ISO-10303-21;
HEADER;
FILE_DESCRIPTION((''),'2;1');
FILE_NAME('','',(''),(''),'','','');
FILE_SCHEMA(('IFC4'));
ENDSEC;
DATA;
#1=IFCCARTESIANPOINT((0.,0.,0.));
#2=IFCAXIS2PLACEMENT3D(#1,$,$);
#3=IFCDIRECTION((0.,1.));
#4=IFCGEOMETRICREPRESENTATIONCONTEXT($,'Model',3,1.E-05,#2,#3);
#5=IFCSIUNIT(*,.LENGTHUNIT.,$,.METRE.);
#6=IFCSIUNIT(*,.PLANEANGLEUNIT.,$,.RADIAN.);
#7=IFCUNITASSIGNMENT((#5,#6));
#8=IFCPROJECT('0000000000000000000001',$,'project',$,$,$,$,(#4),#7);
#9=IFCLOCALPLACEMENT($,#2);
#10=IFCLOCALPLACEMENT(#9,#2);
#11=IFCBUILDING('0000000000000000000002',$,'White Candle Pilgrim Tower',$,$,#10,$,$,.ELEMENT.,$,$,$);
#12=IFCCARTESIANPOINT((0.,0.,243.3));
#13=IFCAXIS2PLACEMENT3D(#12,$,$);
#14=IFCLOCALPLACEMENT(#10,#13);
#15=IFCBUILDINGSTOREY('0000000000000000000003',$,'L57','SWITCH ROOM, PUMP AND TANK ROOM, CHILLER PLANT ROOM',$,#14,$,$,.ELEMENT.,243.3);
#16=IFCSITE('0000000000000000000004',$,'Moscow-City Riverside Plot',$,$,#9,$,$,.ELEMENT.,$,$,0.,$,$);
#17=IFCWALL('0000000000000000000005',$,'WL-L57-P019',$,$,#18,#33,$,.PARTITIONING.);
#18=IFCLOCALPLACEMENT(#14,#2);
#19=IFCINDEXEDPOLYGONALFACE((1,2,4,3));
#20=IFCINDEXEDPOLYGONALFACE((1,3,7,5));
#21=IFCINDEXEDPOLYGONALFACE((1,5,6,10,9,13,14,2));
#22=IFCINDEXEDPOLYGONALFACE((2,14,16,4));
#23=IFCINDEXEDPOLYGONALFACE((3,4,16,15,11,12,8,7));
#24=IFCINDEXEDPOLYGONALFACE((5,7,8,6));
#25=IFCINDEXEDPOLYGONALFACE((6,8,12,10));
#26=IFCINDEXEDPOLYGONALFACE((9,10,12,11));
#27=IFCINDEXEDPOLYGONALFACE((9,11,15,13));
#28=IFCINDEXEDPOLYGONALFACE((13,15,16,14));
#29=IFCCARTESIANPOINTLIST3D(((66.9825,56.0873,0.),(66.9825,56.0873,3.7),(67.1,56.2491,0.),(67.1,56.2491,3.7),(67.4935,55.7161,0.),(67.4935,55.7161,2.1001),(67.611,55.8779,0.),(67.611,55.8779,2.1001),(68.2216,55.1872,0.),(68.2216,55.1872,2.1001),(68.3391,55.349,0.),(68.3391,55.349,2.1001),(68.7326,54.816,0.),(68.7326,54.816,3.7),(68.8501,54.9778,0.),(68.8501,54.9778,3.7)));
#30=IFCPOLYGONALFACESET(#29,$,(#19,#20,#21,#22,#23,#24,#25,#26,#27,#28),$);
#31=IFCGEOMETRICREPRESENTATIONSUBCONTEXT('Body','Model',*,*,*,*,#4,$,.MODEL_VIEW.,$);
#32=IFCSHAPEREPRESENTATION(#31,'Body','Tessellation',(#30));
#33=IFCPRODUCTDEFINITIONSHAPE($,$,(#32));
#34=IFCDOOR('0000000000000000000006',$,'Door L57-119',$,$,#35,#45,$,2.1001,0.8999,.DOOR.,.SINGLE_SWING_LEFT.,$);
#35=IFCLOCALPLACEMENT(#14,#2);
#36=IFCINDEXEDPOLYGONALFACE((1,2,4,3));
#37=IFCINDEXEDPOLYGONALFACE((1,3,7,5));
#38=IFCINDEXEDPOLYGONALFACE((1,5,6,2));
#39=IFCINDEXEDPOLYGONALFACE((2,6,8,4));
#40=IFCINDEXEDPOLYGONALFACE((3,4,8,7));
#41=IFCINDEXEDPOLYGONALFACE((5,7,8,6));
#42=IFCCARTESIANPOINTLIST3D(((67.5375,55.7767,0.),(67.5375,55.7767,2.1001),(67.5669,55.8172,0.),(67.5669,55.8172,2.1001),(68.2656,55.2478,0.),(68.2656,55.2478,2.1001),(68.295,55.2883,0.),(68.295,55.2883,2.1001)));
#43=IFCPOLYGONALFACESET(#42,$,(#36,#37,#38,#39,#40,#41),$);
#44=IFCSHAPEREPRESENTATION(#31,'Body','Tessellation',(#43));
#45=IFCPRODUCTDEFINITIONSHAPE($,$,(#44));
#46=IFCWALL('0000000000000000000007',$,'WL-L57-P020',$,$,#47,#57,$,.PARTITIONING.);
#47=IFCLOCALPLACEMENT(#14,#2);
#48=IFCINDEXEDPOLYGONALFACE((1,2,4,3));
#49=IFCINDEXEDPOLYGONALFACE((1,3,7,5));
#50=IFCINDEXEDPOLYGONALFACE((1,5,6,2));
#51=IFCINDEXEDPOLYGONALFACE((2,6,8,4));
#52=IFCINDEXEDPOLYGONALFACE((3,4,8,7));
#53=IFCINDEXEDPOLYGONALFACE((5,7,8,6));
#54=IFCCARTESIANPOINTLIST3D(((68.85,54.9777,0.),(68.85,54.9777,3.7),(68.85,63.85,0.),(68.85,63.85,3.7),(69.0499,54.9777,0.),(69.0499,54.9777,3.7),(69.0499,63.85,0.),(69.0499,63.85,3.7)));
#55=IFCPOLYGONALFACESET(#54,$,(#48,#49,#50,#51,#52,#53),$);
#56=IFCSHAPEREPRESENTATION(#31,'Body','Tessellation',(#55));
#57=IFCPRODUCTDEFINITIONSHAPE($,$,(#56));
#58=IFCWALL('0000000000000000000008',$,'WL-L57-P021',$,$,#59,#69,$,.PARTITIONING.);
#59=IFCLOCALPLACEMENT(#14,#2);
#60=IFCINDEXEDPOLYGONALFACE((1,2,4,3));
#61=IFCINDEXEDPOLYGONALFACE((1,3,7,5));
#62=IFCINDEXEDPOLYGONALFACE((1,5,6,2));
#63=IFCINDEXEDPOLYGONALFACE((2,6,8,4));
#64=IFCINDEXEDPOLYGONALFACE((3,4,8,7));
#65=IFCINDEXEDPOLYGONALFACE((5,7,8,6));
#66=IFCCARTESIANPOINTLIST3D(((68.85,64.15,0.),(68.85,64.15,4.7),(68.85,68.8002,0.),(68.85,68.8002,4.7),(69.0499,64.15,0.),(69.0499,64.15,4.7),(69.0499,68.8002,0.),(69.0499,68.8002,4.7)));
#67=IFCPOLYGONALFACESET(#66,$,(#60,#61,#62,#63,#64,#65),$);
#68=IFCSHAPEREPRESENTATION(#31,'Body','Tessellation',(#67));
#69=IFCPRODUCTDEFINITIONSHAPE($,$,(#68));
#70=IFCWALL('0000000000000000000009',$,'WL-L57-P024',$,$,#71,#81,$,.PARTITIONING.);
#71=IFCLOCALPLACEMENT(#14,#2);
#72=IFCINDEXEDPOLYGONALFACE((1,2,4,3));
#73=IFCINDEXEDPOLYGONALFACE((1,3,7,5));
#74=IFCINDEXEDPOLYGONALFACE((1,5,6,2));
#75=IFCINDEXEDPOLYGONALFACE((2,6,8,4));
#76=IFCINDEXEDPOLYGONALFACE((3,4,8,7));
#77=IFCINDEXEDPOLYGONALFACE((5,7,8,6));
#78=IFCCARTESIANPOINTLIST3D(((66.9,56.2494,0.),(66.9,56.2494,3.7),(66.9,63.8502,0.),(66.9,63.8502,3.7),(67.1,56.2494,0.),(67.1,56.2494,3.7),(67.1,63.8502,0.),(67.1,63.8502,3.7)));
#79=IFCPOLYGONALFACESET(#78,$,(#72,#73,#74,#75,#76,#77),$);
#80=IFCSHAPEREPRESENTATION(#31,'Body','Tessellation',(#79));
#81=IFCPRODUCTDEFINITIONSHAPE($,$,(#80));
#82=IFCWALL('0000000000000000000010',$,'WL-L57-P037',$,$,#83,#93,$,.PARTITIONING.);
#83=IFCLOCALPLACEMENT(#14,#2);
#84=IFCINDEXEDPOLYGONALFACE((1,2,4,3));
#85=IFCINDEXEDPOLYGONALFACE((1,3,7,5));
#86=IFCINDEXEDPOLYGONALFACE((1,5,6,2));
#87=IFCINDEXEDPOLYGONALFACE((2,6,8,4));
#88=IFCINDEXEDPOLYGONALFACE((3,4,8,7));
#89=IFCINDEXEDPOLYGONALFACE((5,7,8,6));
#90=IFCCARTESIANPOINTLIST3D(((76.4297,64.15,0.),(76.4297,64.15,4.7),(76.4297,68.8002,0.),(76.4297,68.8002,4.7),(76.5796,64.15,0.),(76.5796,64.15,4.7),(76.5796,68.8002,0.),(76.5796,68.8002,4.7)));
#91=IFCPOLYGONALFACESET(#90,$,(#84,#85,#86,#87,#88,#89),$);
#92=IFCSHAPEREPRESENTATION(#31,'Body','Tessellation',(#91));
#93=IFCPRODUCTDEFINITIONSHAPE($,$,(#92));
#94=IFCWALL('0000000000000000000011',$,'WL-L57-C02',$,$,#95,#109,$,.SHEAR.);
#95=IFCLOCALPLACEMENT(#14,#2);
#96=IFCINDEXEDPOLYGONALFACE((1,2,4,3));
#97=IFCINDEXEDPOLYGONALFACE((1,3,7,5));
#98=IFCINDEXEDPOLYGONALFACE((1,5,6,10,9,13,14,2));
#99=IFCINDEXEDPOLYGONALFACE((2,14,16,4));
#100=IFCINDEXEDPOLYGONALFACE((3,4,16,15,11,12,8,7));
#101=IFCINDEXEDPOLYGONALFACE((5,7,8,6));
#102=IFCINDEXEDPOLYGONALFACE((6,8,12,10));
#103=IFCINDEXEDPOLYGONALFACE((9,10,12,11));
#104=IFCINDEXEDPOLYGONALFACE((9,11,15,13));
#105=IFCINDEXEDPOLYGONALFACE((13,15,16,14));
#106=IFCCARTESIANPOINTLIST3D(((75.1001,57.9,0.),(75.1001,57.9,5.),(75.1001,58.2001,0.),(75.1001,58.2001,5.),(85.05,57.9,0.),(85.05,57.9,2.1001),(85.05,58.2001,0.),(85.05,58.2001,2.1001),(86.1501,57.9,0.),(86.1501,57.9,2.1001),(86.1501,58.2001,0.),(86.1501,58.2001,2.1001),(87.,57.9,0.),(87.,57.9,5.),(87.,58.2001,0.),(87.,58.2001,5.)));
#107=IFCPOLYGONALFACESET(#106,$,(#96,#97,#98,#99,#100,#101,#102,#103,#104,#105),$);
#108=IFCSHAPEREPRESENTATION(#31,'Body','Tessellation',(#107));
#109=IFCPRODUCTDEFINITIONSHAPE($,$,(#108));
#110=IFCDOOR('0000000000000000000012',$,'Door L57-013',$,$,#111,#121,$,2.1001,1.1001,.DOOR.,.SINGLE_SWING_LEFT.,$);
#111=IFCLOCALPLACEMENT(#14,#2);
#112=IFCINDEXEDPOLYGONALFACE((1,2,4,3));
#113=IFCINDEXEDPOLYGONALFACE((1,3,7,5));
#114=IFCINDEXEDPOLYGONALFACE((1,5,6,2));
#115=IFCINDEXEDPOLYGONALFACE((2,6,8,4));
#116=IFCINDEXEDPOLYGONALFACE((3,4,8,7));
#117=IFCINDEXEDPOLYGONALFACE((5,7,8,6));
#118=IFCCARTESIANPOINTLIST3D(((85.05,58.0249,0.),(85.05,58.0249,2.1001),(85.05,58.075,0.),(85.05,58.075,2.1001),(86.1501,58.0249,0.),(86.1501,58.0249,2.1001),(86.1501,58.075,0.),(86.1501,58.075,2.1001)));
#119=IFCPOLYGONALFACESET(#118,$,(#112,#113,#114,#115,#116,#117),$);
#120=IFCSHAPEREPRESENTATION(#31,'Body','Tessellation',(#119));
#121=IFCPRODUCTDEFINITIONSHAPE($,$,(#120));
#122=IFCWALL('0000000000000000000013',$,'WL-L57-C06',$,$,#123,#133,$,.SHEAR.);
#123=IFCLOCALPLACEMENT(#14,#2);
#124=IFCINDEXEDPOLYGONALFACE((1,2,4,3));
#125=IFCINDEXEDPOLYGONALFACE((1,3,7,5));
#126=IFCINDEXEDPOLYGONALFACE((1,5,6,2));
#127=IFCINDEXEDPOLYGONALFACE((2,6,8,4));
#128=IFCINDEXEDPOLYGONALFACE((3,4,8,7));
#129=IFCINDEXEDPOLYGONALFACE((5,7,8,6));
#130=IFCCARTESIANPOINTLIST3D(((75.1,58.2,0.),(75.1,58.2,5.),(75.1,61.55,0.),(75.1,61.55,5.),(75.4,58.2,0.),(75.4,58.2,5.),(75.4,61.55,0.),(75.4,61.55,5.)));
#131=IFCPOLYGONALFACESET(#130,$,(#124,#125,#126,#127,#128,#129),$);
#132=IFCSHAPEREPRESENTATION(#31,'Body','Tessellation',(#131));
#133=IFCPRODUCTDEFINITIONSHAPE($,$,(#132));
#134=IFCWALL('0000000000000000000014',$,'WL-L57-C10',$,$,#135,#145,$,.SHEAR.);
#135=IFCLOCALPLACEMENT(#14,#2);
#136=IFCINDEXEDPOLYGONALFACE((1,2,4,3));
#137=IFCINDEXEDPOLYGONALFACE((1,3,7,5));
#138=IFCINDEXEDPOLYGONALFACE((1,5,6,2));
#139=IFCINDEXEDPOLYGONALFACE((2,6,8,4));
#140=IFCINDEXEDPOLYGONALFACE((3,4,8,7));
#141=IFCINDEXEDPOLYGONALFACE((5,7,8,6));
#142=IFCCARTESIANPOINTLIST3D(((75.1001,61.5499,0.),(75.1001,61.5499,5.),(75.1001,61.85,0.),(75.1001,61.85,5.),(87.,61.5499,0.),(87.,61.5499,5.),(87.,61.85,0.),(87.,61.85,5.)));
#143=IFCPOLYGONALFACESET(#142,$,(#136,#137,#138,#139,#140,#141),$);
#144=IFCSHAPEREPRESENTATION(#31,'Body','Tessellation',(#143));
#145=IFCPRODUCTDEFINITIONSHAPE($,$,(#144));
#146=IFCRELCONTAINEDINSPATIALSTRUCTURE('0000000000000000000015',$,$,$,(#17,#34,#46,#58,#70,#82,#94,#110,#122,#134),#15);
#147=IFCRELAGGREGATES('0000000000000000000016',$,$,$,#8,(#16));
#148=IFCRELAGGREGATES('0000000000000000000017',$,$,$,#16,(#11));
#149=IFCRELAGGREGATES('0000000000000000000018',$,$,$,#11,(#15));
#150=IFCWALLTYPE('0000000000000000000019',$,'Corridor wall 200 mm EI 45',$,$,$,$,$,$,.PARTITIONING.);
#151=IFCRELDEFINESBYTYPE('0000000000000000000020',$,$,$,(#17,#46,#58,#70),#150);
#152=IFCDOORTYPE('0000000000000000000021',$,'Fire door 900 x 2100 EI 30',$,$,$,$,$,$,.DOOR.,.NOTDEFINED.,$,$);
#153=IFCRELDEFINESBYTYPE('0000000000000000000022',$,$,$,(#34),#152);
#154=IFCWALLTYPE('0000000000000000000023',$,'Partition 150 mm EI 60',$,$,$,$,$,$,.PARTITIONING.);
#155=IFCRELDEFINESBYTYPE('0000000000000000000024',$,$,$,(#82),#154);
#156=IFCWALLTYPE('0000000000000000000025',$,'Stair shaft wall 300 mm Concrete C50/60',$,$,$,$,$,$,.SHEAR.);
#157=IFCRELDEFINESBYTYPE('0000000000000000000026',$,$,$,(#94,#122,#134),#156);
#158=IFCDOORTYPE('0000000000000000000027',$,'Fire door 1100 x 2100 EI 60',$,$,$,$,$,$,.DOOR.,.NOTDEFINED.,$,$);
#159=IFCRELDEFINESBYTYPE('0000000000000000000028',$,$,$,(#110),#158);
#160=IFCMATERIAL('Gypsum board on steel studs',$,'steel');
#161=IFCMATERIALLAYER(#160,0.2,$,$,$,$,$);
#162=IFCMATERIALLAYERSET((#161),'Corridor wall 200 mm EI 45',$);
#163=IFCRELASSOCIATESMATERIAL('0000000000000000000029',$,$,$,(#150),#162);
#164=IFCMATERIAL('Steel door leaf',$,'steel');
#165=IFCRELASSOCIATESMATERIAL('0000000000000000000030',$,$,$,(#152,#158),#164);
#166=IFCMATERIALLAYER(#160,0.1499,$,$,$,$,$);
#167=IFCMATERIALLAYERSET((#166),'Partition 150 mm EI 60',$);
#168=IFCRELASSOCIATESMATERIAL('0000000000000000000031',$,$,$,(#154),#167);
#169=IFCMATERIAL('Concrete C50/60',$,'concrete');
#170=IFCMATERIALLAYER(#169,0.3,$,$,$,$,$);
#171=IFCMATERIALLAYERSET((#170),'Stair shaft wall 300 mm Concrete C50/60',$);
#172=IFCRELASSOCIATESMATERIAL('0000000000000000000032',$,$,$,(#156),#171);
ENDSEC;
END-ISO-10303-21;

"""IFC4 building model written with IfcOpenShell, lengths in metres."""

from ifc_helpers import new_model, si_unit, direction, frame, frame_2d, origin, place, context, subcontext, project, spatial, rectangle, extrude, material, layer, layer_set, type_object, element, fill, save


model = new_model("IFC4")

# Units and contexts
model_context = context("Model", 3, precision=1e-05, world=origin(), true_north=direction((0.0, 1.0)))
body_context = subcontext(model_context, "Body", "Model", "MODEL_VIEW")
ifc_project = project(units=[si_unit("LENGTHUNIT", "METRE"), si_unit("PLANEANGLEUNIT", "RADIAN")], contexts=[model_context])

# Site, building, storey
site_placement = place(None, origin())
site = spatial("IfcSite", under=ifc_project, at=site_placement, Name="Moscow-City Riverside Plot", CompositionType="ELEMENT", RefElevation=0.0)
building_placement = place(site_placement, origin())
building = spatial("IfcBuilding", under=site, at=building_placement, Name="White Candle Pilgrim Tower", CompositionType="ELEMENT")
storey_placement = place(building_placement, frame((0.0, 0.0, 243.3)))
storey = spatial("IfcBuildingStorey", under=building, at=storey_placement, Name="L57", Description="SWITCH ROOM, PUMP AND TANK ROOM, CHILLER PLANT ROOM", CompositionType="ELEMENT", Elevation=243.3)

# Shared definitions
ifc_material_1 = material(Name="Gypsum board on steel studs", Category="steel")
ifc_layer_1 = layer(ifc_material_1, 0.2)
ifc_layer_set_1 = layer_set([ifc_layer_1], Name="Corridor wall 200 mm EI 45")
wall_type_1 = type_object("IfcWallType", Name="Corridor wall 200 mm EI 45", PredefinedType="PARTITIONING", material=ifc_layer_set_1)

# Shared definitions
ifc_material_2 = material(Name="Steel door leaf", Category="steel")
door_type_1 = type_object("IfcDoorType", Name="Fire door 900 x 2100 EI 30", OperationType="NOTDEFINED", PredefinedType="DOOR", material=ifc_material_2)

# Wall, opening, door
wall_1_placement = place(storey_placement, frame((67.0413, 56.1682, 0.0), z_axis=(0.0, 0.0, 1.0), x_axis=(0.809063, -0.587722, 0.0)))
wall_1 = element("IfcWall", 1, at=wall_1_placement, inside=storey, type_object=wall_type_1, Name="WL-L57-P019", PredefinedType="PARTITIONING", context=body_context, shape_type="SweptSolid", body=[
    extrude(rectangle(XDim=2.1631, YDim=0.2, at=frame_2d((1.0815, 0.0))), origin(), (0.0, 0.0, 1.0), 3.7),
])
opening_1_placement = place(wall_1_placement, frame((0.6316, 0.0, 0.0)))
opening_1 = element("IfcOpeningElement", 2, at=opening_1_placement, cuts=wall_1, PredefinedType="OPENING", context=body_context, shape_type="SweptSolid", body=[
    extrude(rectangle(XDim=0.8999, YDim=2.1001, at=frame_2d((0.45, 1.05))), frame((0.0, 0.1099, 0.0), z_axis=(0.0, -1.0, 0.0), x_axis=(1.0, 0.0, 0.0)), (0.0, 0.0, 1.0), 0.22),
])
door_1_placement = place(opening_1_placement, origin())
door_1 = element("IfcDoor", 3, at=door_1_placement, inside=storey, type_object=door_type_1, Name="Door L57-119", OperationType="SINGLE_SWING_LEFT", OverallHeight=2.1001, OverallWidth=0.8999, PredefinedType="DOOR", context=body_context, shape_type="SweptSolid", body=[
    extrude(rectangle(XDim=0.8999, YDim=2.1001, at=frame_2d((0.45, 1.05))), frame((0.0, 0.0249, 0.0), z_axis=(0.0, -1.0, 0.0), x_axis=(1.0, 0.0, 0.0)), (0.0, 0.0, 1.0), 0.05),
])
fill(opening_1, door_1)

# Walls
wall_2_placement = place(storey_placement, frame((68.95, 54.9778, 0.0), z_axis=(0.0, 0.0, 1.0), x_axis=(0.0, 1.0, 0.0)))
element("IfcWall", 4, at=wall_2_placement, inside=storey, type_object=wall_type_1, Name="WL-L57-P020", PredefinedType="PARTITIONING", context=body_context, shape_type="SweptSolid", body=[
    extrude(rectangle(XDim=8.8723, YDim=0.2, at=frame_2d((4.436, 0.0))), origin(), (0.0, 0.0, 1.0), 3.7),
])
wall_3_placement = place(storey_placement, frame((68.95, 64.1499, 0.0), z_axis=(0.0, 0.0, 1.0), x_axis=(0.0, 1.0, 0.0)))
element("IfcWall", 5, at=wall_3_placement, inside=storey, type_object=wall_type_1, Name="WL-L57-P021", PredefinedType="PARTITIONING", context=body_context, shape_type="SweptSolid", body=[
    extrude(rectangle(XDim=4.6501, YDim=0.2, at=frame_2d((2.3252, 0.0))), origin(), (0.0, 0.0, 1.0), 4.7),
])
wall_4_placement = place(storey_placement, frame((67.0, 63.8501, 0.0), z_axis=(0.0, 0.0, 1.0), x_axis=(0.0, -1.0, 0.0)))
element("IfcWall", 6, at=wall_4_placement, inside=storey, type_object=wall_type_1, Name="WL-L57-P024", PredefinedType="PARTITIONING", context=body_context, shape_type="SweptSolid", body=[
    extrude(rectangle(XDim=7.6008, YDim=0.2, at=frame_2d((3.8003, 0.0))), origin(), (0.0, 0.0, 1.0), 3.7),
])
ifc_layer_2 = layer(ifc_material_1, 0.1499)
ifc_layer_set_2 = layer_set([ifc_layer_2], Name="Partition 150 mm EI 60")
wall_type_2 = type_object("IfcWallType", Name="Partition 150 mm EI 60", PredefinedType="PARTITIONING", material=ifc_layer_set_2)
wall_5_placement = place(storey_placement, frame((76.5046, 64.1499, 0.0), z_axis=(0.0, 0.0, 1.0), x_axis=(0.0, 1.0, 0.0)))
element("IfcWall", 7, at=wall_5_placement, inside=storey, type_object=wall_type_2, Name="WL-L57-P037", PredefinedType="PARTITIONING", context=body_context, shape_type="SweptSolid", body=[
    extrude(rectangle(XDim=4.6501, YDim=0.1499, at=frame_2d((2.3252, 0.0))), origin(), (0.0, 0.0, 1.0), 4.7),
])

# Wall, opening, door
ifc_material_3 = material(Name="Concrete C50/60", Category="concrete")
ifc_layer_3 = layer(ifc_material_3, 0.3)
ifc_layer_set_3 = layer_set([ifc_layer_3], Name="Stair shaft wall 300 mm Concrete C50/60")
wall_type_3 = type_object("IfcWallType", Name="Stair shaft wall 300 mm Concrete C50/60", PredefinedType="SHEAR", material=ifc_layer_set_3)
wall_6_placement = place(storey_placement, frame((75.1001, 58.05, 0.0), z_axis=(0.0, 0.0, 1.0), x_axis=(1.0, 0.0, 0.0)))
wall_6 = element("IfcWall", 8, at=wall_6_placement, inside=storey, type_object=wall_type_3, Name="WL-L57-C02", PredefinedType="SHEAR", context=body_context, shape_type="SweptSolid", body=[
    extrude(rectangle(XDim=11.8999, YDim=0.3, at=frame_2d((5.95, 0.0))), origin(), (0.0, 0.0, 1.0), 5.0),
])
opening_2_placement = place(wall_6_placement, frame((9.95, 0.0, 0.0)))
opening_2 = element("IfcOpeningElement", 9, at=opening_2_placement, cuts=wall_6, PredefinedType="OPENING", context=body_context, shape_type="SweptSolid", body=[
    extrude(rectangle(XDim=1.1001, YDim=2.1001, at=frame_2d((0.55, 1.05))), frame((0.0, 0.1599, 0.0), z_axis=(0.0, -1.0, 0.0), x_axis=(1.0, 0.0, 0.0)), (0.0, 0.0, 1.0), 0.3201),
])
door_type_2 = type_object("IfcDoorType", Name="Fire door 1100 x 2100 EI 60", OperationType="NOTDEFINED", PredefinedType="DOOR", material=ifc_material_2)
door_2_placement = place(opening_2_placement, origin())
door_2 = element("IfcDoor", 10, at=door_2_placement, inside=storey, type_object=door_type_2, Name="Door L57-013", OperationType="SINGLE_SWING_LEFT", OverallHeight=2.1001, OverallWidth=1.1001, PredefinedType="DOOR", context=body_context, shape_type="SweptSolid", body=[
    extrude(rectangle(XDim=1.1001, YDim=2.1001, at=frame_2d((0.55, 1.05))), frame((0.0, 0.0249, 0.0), z_axis=(0.0, -1.0, 0.0), x_axis=(1.0, 0.0, 0.0)), (0.0, 0.0, 1.0), 0.05),
])
fill(opening_2, door_2)

# Walls
wall_7_placement = place(storey_placement, frame((75.25, 58.2, 0.0), z_axis=(0.0, 0.0, 1.0), x_axis=(0.0, 1.0, 0.0)))
element("IfcWall", 11, at=wall_7_placement, inside=storey, type_object=wall_type_3, Name="WL-L57-C06", PredefinedType="SHEAR", context=body_context, shape_type="SweptSolid", body=[
    extrude(rectangle(XDim=3.3501, YDim=0.3, at=frame_2d((1.675, 0.0))), origin(), (0.0, 0.0, 1.0), 5.0),
])
wall_8_placement = place(storey_placement, frame((75.1001, 61.7, 0.0), z_axis=(0.0, 0.0, 1.0), x_axis=(1.0, 0.0, 0.0)))
element("IfcWall", 12, at=wall_8_placement, inside=storey, type_object=wall_type_3, Name="WL-L57-C10", PredefinedType="SHEAR", context=body_context, shape_type="SweptSolid", body=[
    extrude(rectangle(XDim=11.8999, YDim=0.3, at=frame_2d((5.95, 0.0))), origin(), (0.0, 0.0, 1.0), 5.0),
])

save(model, "model.ifc")
